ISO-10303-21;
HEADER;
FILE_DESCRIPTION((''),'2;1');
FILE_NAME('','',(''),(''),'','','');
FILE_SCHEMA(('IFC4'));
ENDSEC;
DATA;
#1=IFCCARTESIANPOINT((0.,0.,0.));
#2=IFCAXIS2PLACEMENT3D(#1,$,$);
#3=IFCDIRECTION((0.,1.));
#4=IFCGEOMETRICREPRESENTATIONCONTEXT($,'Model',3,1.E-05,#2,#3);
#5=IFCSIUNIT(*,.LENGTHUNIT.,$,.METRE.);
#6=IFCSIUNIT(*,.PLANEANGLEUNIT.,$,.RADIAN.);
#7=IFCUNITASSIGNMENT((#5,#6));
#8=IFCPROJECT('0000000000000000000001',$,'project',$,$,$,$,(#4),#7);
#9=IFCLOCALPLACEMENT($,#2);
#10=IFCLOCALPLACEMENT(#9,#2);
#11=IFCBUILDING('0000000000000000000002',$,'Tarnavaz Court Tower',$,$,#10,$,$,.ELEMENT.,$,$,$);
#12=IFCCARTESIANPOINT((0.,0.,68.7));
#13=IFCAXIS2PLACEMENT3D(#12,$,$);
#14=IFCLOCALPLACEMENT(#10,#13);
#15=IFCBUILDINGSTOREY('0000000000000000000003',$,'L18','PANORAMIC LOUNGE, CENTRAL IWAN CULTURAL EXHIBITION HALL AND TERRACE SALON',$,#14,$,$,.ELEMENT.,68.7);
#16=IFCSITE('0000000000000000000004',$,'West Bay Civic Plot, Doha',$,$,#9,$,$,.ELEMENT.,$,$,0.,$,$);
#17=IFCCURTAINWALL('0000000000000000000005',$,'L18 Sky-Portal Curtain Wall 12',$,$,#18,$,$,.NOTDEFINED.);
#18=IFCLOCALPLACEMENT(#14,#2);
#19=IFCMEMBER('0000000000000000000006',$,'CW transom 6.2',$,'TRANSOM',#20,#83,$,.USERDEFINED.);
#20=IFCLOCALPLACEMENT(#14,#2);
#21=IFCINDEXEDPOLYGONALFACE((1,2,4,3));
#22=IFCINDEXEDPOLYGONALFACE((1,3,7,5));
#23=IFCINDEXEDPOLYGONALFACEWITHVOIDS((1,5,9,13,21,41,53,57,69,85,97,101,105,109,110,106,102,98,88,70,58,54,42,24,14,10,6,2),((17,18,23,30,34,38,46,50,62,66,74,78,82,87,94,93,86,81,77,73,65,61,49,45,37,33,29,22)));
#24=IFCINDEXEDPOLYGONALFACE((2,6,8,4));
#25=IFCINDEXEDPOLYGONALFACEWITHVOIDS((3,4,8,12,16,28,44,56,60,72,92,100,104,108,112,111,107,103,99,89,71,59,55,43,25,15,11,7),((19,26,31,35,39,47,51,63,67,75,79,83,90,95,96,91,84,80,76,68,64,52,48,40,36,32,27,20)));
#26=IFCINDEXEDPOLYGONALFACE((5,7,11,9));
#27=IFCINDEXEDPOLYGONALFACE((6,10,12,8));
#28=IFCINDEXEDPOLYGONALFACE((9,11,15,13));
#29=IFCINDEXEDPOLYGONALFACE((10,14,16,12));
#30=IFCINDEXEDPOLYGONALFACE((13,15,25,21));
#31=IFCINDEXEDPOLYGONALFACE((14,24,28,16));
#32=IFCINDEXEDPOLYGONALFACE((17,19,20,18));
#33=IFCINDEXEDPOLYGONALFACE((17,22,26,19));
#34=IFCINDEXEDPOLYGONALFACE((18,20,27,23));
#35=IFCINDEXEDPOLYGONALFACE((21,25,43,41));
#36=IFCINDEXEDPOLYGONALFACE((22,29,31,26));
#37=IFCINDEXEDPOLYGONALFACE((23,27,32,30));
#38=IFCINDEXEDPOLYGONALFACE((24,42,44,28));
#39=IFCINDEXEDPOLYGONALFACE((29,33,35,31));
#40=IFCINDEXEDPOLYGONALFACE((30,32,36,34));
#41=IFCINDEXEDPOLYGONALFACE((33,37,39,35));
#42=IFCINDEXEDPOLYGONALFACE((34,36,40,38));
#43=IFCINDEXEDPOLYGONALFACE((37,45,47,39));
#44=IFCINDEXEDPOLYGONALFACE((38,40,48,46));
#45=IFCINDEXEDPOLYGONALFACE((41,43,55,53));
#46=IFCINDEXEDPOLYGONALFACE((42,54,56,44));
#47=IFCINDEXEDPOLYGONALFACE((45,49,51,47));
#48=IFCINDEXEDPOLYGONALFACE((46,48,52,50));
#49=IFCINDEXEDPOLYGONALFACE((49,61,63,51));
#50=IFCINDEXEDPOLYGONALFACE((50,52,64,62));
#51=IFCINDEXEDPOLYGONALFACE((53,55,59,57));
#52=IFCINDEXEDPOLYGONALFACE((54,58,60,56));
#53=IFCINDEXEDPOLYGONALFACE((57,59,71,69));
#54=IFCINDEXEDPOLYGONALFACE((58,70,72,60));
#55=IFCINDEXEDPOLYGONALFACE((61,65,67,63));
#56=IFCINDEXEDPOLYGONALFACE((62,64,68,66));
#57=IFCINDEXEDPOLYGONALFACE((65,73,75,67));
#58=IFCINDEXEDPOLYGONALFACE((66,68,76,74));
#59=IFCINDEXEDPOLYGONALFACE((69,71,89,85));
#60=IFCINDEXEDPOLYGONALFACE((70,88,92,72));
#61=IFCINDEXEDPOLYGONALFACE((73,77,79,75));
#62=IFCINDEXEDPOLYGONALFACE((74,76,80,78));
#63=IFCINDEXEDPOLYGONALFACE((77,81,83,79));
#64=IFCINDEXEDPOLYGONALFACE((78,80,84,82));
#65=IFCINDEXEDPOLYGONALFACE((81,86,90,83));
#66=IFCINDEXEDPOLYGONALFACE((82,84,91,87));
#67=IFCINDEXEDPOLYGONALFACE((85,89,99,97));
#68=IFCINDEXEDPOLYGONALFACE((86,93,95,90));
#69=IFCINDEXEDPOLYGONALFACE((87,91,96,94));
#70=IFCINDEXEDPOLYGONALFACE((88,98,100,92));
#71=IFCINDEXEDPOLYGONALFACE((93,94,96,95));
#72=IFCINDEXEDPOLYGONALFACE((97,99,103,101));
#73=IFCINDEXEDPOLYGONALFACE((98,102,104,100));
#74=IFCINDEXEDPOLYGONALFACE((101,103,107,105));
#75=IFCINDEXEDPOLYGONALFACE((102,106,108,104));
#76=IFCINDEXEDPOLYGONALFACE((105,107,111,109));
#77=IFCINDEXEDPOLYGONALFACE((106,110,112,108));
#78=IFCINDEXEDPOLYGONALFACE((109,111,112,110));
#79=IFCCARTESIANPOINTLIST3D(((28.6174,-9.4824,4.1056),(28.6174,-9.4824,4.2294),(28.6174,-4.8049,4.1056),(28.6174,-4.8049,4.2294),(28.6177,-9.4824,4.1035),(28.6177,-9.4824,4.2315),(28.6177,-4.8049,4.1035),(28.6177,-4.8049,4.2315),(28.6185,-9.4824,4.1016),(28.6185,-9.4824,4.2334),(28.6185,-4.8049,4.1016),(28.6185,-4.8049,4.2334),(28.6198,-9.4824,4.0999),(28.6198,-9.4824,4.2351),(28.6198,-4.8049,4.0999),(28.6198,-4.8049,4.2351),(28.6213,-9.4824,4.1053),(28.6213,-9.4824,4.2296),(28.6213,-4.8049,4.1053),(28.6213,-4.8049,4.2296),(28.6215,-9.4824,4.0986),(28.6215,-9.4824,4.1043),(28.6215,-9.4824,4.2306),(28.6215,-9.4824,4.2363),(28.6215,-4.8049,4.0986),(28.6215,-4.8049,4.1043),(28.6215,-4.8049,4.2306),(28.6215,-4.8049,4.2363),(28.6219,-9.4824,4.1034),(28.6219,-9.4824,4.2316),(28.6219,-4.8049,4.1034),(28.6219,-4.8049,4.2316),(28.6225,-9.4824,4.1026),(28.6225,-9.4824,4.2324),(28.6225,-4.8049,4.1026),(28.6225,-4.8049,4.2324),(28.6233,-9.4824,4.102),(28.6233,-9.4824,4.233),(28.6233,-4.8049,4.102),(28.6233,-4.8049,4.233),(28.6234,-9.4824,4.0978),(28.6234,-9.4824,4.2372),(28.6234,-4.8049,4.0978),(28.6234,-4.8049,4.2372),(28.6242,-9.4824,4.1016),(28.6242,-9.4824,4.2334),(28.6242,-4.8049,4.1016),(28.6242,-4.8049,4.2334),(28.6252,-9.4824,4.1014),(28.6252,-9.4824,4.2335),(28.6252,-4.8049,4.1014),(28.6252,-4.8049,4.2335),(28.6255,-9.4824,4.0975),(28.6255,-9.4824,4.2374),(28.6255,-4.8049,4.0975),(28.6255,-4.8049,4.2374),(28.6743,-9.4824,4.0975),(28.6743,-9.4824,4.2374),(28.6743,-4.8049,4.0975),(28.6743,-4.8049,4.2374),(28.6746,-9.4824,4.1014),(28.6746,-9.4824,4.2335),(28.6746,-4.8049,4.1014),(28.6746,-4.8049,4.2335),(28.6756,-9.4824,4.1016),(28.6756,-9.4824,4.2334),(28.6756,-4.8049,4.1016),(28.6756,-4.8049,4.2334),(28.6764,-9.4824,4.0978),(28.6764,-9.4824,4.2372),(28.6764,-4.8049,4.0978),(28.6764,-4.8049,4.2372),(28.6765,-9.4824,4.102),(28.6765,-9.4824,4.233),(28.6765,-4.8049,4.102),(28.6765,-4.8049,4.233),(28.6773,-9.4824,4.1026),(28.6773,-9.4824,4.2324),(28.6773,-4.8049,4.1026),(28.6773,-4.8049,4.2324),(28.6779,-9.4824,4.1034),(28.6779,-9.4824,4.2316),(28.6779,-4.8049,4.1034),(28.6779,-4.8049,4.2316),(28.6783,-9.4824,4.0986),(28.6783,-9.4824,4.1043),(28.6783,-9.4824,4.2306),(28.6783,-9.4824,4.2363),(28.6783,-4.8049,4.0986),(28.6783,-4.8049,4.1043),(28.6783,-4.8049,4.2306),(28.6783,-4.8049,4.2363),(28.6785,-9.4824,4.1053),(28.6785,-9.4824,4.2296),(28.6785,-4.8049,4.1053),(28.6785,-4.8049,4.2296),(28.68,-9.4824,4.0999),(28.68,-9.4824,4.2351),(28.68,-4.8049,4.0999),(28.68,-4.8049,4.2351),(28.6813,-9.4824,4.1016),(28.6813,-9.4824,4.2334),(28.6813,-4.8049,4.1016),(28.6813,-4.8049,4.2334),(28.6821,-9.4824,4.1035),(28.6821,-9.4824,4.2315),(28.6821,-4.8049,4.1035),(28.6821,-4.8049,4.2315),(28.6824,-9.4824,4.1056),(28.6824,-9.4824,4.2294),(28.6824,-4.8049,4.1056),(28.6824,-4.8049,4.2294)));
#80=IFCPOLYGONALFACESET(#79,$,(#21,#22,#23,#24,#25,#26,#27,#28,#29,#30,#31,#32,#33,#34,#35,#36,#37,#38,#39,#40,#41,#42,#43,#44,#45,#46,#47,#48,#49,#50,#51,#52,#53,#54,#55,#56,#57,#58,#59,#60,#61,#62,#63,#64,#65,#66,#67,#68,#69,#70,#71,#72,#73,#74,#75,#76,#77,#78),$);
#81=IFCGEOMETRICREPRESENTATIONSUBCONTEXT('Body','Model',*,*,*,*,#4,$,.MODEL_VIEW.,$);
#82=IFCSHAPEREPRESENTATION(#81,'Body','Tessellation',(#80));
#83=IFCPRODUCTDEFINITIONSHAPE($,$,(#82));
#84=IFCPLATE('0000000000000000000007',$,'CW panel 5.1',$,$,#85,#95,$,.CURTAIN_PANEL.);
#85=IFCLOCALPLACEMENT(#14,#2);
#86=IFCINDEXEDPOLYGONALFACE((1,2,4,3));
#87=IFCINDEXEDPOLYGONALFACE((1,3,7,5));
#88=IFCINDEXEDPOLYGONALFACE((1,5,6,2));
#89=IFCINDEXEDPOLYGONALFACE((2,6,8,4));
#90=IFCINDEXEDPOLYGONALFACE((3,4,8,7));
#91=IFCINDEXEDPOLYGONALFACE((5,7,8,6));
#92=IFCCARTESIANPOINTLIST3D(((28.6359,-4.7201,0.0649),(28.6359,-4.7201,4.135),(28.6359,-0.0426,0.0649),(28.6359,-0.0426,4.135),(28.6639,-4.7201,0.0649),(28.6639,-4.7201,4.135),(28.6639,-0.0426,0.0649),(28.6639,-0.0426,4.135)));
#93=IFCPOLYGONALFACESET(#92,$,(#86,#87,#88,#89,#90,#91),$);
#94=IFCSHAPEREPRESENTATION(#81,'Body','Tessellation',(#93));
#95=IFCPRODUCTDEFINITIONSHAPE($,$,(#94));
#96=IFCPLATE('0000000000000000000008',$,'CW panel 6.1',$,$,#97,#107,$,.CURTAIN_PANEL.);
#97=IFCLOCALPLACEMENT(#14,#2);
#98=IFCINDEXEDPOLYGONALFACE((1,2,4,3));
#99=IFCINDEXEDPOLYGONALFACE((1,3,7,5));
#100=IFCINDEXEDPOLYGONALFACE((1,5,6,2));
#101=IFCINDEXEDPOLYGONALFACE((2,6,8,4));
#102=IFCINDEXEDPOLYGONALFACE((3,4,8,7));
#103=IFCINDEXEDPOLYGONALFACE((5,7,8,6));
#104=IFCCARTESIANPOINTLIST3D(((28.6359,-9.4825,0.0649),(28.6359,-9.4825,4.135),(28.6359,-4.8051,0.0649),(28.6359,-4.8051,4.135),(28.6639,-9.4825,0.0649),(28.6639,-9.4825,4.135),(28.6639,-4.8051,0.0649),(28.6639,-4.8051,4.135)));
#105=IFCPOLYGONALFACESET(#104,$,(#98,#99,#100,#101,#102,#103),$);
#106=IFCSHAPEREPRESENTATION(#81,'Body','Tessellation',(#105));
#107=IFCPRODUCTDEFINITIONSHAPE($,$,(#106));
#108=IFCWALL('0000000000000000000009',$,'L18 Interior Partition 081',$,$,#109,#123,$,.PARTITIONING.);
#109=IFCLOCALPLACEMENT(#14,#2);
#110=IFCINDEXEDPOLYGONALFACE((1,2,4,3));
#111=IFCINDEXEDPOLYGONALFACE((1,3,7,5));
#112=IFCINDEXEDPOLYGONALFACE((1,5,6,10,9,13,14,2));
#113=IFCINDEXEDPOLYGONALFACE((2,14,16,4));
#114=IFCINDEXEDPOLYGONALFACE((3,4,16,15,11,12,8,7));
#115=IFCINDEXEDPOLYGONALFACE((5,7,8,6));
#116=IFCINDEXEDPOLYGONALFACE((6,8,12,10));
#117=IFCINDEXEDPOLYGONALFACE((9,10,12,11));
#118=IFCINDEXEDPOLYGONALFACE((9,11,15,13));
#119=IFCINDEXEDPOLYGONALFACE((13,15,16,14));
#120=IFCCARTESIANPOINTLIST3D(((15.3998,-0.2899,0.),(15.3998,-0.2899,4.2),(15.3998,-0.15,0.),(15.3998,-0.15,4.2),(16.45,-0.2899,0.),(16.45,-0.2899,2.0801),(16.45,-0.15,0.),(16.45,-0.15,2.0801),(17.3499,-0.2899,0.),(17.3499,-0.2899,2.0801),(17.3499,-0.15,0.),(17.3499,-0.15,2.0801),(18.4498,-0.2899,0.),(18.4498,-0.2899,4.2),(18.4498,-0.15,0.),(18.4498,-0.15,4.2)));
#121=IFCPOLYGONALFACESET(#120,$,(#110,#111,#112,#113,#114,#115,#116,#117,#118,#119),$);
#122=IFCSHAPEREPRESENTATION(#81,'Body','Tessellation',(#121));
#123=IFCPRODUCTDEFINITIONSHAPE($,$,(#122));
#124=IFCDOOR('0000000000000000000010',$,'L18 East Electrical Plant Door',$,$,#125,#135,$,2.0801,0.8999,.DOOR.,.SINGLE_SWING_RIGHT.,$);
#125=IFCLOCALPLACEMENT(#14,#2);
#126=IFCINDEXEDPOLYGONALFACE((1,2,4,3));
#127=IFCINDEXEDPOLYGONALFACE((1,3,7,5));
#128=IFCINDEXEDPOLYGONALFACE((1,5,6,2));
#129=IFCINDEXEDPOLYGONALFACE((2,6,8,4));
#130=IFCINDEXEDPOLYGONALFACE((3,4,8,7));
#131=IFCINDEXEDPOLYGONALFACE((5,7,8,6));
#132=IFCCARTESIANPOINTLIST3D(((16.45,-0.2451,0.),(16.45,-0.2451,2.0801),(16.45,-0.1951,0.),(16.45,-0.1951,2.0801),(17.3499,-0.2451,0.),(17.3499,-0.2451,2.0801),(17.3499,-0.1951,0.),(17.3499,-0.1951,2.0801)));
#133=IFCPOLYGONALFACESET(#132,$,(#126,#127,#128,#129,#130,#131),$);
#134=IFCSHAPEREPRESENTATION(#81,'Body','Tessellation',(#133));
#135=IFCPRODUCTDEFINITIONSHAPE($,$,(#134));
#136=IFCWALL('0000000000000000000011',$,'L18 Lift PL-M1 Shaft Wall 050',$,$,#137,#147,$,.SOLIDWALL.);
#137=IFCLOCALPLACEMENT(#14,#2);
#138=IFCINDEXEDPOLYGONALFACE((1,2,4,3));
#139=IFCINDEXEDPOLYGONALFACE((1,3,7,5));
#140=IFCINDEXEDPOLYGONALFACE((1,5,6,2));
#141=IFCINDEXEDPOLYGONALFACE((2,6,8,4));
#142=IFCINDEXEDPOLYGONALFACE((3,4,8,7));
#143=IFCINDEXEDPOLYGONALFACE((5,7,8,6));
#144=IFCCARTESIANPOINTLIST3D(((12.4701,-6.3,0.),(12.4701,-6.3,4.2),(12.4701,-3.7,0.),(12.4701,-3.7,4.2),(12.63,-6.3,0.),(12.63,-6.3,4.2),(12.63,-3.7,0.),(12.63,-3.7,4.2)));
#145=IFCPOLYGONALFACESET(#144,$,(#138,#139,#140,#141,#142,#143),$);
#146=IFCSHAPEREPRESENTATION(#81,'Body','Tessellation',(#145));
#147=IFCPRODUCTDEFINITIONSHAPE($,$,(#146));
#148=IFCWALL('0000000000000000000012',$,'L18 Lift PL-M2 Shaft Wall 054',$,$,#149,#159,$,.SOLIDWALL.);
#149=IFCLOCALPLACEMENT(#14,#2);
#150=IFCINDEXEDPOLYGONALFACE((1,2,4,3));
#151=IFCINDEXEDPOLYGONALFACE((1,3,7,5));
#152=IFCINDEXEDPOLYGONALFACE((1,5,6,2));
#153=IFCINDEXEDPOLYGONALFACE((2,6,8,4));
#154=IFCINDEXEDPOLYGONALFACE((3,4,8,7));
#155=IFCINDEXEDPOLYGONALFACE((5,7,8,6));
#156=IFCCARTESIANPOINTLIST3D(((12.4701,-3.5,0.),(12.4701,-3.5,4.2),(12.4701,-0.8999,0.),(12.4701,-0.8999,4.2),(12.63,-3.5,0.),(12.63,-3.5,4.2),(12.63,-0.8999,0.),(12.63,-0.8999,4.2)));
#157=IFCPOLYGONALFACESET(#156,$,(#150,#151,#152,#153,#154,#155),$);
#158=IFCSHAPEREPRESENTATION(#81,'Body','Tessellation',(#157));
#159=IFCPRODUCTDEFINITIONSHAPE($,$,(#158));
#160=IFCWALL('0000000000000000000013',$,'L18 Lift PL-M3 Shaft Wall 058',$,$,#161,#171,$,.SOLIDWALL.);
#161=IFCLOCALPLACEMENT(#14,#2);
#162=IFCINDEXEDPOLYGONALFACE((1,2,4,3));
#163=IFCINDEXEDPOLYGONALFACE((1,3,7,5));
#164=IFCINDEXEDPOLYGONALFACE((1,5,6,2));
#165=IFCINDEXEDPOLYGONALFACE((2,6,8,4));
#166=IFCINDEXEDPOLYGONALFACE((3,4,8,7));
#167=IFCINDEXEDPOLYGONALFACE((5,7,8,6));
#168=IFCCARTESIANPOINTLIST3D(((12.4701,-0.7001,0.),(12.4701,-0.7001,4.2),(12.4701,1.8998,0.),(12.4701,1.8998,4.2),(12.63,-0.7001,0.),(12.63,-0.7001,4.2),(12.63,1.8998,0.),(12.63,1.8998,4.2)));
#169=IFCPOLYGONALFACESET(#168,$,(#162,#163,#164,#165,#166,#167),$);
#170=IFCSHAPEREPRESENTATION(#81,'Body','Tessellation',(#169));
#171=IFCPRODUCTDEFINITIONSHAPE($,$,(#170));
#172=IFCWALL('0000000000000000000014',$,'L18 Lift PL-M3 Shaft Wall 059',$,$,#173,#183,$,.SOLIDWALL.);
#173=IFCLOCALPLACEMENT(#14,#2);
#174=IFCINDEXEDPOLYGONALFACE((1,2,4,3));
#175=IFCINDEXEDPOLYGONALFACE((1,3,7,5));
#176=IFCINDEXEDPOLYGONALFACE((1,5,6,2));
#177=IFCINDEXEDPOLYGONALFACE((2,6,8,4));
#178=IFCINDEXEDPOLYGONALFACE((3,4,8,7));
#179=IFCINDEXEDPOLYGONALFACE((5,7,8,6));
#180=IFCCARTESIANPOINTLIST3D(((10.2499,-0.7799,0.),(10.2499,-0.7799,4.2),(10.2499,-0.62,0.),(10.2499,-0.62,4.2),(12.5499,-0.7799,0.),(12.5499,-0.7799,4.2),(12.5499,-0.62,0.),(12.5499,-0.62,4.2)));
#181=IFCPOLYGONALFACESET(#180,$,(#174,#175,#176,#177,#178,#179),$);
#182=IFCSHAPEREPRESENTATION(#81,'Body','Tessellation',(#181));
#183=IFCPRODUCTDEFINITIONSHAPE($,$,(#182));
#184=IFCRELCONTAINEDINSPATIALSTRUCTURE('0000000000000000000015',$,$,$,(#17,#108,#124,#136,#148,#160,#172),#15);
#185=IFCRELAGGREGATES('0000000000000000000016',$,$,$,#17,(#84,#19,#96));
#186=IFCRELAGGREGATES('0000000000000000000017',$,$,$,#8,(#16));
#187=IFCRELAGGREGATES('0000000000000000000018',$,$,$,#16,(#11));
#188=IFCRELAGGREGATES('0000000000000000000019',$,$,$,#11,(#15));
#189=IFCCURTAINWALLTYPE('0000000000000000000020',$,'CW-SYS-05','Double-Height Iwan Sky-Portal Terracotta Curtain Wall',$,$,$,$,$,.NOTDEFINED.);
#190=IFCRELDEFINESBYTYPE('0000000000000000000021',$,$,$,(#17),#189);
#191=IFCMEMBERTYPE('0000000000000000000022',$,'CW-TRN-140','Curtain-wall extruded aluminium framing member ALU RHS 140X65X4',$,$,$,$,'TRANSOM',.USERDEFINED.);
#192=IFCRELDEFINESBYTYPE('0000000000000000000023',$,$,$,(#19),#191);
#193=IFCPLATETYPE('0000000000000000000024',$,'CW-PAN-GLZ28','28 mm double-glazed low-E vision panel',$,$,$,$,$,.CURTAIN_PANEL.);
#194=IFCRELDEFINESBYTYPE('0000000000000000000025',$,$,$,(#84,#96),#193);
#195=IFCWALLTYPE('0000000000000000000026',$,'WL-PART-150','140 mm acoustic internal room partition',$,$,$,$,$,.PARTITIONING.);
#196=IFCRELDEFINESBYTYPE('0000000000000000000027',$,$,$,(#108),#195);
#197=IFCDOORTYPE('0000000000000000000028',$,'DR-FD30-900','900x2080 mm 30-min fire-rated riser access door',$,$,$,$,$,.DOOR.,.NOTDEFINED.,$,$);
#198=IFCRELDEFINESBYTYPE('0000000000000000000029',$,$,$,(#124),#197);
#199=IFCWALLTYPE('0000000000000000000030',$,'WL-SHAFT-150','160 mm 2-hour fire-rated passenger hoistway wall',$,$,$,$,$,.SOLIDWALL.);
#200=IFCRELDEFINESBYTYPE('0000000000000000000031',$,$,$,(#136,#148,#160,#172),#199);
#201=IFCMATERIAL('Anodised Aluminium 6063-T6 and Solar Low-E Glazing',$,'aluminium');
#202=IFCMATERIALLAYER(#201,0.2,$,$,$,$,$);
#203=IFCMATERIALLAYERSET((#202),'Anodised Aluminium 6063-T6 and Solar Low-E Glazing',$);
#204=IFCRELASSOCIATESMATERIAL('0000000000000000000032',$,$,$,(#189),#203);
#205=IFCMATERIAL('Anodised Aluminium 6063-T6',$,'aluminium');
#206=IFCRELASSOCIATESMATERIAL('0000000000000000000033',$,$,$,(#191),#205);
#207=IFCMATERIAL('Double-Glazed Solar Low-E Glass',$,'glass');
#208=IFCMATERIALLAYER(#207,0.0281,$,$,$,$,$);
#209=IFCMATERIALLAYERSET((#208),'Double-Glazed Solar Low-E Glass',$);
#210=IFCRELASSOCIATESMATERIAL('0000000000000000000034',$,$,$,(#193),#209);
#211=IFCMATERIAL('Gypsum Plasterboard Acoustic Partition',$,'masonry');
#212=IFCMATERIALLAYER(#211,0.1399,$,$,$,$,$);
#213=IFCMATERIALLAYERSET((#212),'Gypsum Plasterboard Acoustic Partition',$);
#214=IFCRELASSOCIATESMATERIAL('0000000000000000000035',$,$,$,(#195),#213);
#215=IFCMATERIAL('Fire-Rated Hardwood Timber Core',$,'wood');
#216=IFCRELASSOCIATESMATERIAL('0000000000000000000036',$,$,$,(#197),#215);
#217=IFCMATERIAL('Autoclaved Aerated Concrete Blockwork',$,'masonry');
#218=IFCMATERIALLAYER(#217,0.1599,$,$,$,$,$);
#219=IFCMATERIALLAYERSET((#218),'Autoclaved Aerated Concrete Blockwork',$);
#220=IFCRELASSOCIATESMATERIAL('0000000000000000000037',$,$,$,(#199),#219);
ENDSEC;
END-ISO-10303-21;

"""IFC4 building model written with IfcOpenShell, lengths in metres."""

from ifc_helpers import new_model, si_unit, direction, frame, frame_2d, origin, origin_2d, place, context, subcontext, project, spatial, rectangle, hollow_rectangle, extrude, material, layer, layer_set, material_profile, profile_set, type_object, element, fill, aggregate, save


model = new_model("IFC4")

# Units and contexts
model_context = context("Model", 3, precision=1e-05, world=origin(), true_north=direction((0.0, 1.0)))
body_context = subcontext(model_context, "Body", "Model", "MODEL_VIEW")
ifc_project = project(units=[si_unit("LENGTHUNIT", "METRE"), si_unit("PLANEANGLEUNIT", "RADIAN")], contexts=[model_context])

# Site, building, storey
site_placement = place(None, origin())
site = spatial("IfcSite", under=ifc_project, at=site_placement, Name="West Bay Civic Plot, Doha", CompositionType="ELEMENT", RefElevation=0.0)
building_placement = place(site_placement, origin())
building = spatial("IfcBuilding", under=site, at=building_placement, Name="Tarnavaz Court Tower", CompositionType="ELEMENT")
storey_placement = place(building_placement, frame((0.0, 0.0, 68.7)))
storey = spatial("IfcBuildingStorey", under=building, at=storey_placement, Name="L18", Description="PANORAMIC LOUNGE, CENTRAL IWAN CULTURAL EXHIBITION HALL AND TERRACE SALON", CompositionType="ELEMENT", Elevation=68.7)

# Curtain wall, member, plates
ifc_material_1 = material(Name="Anodised Aluminium 6063-T6 and Solar Low-E Glazing", Category="aluminium")
ifc_layer_1 = layer(ifc_material_1, 0.2)
ifc_layer_set_1 = layer_set([ifc_layer_1], Name="Anodised Aluminium 6063-T6 and Solar Low-E Glazing")
curtain_wall_type = type_object("IfcCurtainWallType", Name="CW-SYS-05", Description="Double-Height Iwan Sky-Portal Terracotta Curtain Wall", PredefinedType="NOTDEFINED", material=ifc_layer_set_1)
curtain_wall_placement = place(storey_placement, origin())
curtain_wall = element("IfcCurtainWall", 1, at=curtain_wall_placement, inside=storey, type_object=curtain_wall_type, Name="L18 Sky-Portal Curtain Wall 12", PredefinedType="NOTDEFINED")
ifc_material_2 = material(Name="Anodised Aluminium 6063-T6", Category="aluminium")
ifc_material_profile_1 = material_profile(ifc_material_2, hollow_rectangle(XDim=0.0649, YDim=0.1399, WallThickness=0.0039, InnerFilletRadius=0.0039, OuterFilletRadius=0.0081, at=origin_2d()), Name="ALU RHS 140X65X4")
ifc_profile_set_1 = profile_set([ifc_material_profile_1], Name="Anodised Aluminium 6063-T6")
member_type_1 = type_object("IfcMemberType", Name="CW-TRN-140", Description="Curtain-wall extruded aluminium framing member ALU RHS 140X65X4", ElementType="TRANSOM", PredefinedType="USERDEFINED", material=ifc_profile_set_1)
member_1_placement = place(storey_placement, frame((28.6499, -4.8049, 4.1675), z_axis=(0.0, -1.0, 0.0), x_axis=(1.0, 0.0, 0.0)))
member_1 = element("IfcMember", 2, at=member_1_placement, type_object=member_type_1, Name="CW transom 6.2", ObjectType="TRANSOM", PredefinedType="USERDEFINED", context=body_context, shape_type="SweptSolid", body=[
    extrude(hollow_rectangle(XDim=0.0649, YDim=0.1399, WallThickness=0.0039, InnerFilletRadius=0.0039, OuterFilletRadius=0.0081, at=origin_2d()), origin(), (0.0, 0.0, 1.0), 4.6775),
])
ifc_material_3 = material(Name="Double-Glazed Solar Low-E Glass", Category="glass")
ifc_layer_2 = layer(ifc_material_3, 0.0281)
ifc_layer_set_2 = layer_set([ifc_layer_2], Name="Double-Glazed Solar Low-E Glass")
plate_type = type_object("IfcPlateType", Name="CW-PAN-GLZ28", Description="28 mm double-glazed low-E vision panel", PredefinedType="CURTAIN_PANEL", material=ifc_layer_set_2)
plate_1_placement = place(storey_placement, frame((28.6499, -2.3813, 0.0649), z_axis=(0.0, 0.0, 1.0), x_axis=(0.0, -1.0, 0.0)))
plate_1 = element("IfcPlate", 3, at=plate_1_placement, type_object=plate_type, Name="CW panel 5.1", PredefinedType="CURTAIN_PANEL", context=body_context, shape_type="SweptSolid", body=[
    extrude(rectangle(XDim=4.6775, YDim=0.0281, at=origin_2d()), origin(), (0.0, 0.0, 1.0), 4.0701),
])
plate_2_placement = place(storey_placement, frame((28.6499, -7.1438, 0.0649), z_axis=(0.0, 0.0, 1.0), x_axis=(0.0, -1.0, 0.0)))
plate_2 = element("IfcPlate", 4, at=plate_2_placement, type_object=plate_type, Name="CW panel 6.1", PredefinedType="CURTAIN_PANEL", context=body_context, shape_type="SweptSolid", body=[
    extrude(rectangle(XDim=4.6775, YDim=0.0281, at=origin_2d()), origin(), (0.0, 0.0, 1.0), 4.0701),
])
aggregate(curtain_wall, [plate_1, member_1, plate_2])

# Wall, opening, door
ifc_material_4 = material(Name="Gypsum Plasterboard Acoustic Partition", Category="masonry")
ifc_layer_3 = layer(ifc_material_4, 0.1399)
ifc_layer_set_3 = layer_set([ifc_layer_3], Name="Gypsum Plasterboard Acoustic Partition")
wall_type_1 = type_object("IfcWallType", Name="WL-PART-150", Description="140 mm acoustic internal room partition", PredefinedType="PARTITIONING", material=ifc_layer_set_3)
wall_1_placement = place(storey_placement, frame((15.3999, -0.22, 0.0), z_axis=(0.0, 0.0, 1.0), x_axis=(1.0, 0.0, 0.0)))
wall_1 = element("IfcWall", 5, at=wall_1_placement, inside=storey, type_object=wall_type_1, Name="L18 Interior Partition 081", PredefinedType="PARTITIONING", context=body_context, shape_type="SweptSolid", body=[
    extrude(rectangle(XDim=3.05, YDim=0.1399, at=frame_2d((1.5249, 0.0))), origin(), (0.0, 0.0, 1.0), 4.2),
])
opening_placement = place(wall_1_placement, frame((1.05, 0.0, 0.0)))
opening = element("IfcOpeningElement", 6, at=opening_placement, cuts=wall_1, PredefinedType="OPENING", context=body_context, shape_type="SweptSolid", body=[
    extrude(rectangle(XDim=0.8999, YDim=2.0801, at=frame_2d((0.45, 1.04))), frame((0.0, 0.0798, 0.0), z_axis=(0.0, -1.0, 0.0), x_axis=(1.0, 0.0, 0.0)), (0.0, 0.0, 1.0), 0.1599),
])
ifc_material_5 = material(Name="Fire-Rated Hardwood Timber Core", Category="wood")
door_type = type_object("IfcDoorType", Name="DR-FD30-900", Description="900x2080 mm 30-min fire-rated riser access door", OperationType="NOTDEFINED", PredefinedType="DOOR", material=ifc_material_5)
door_placement = place(opening_placement, origin())
door = element("IfcDoor", 7, at=door_placement, inside=storey, type_object=door_type, Name="L18 East Electrical Plant Door", OperationType="SINGLE_SWING_RIGHT", OverallHeight=2.0801, OverallWidth=0.8999, PredefinedType="DOOR", context=body_context, shape_type="SweptSolid", body=[
    extrude(rectangle(XDim=0.8999, YDim=2.0801, at=frame_2d((0.45, 1.04))), frame((0.0, 0.0249, 0.0), z_axis=(0.0, -1.0, 0.0), x_axis=(1.0, 0.0, 0.0)), (0.0, 0.0, 1.0), 0.05),
])
fill(opening, door)

# Walls
ifc_material_6 = material(Name="Autoclaved Aerated Concrete Blockwork", Category="masonry")
ifc_layer_4 = layer(ifc_material_6, 0.1599)
ifc_layer_set_4 = layer_set([ifc_layer_4], Name="Autoclaved Aerated Concrete Blockwork")
wall_type_2 = type_object("IfcWallType", Name="WL-SHAFT-150", Description="160 mm 2-hour fire-rated passenger hoistway wall", PredefinedType="SOLIDWALL", material=ifc_layer_set_4)
for number, where, z_axis, x_axis, name in (
    (8, (12.55, -6.3, 0.0), (0.0, 0.0, 1.0), (0.0, 1.0, 0.0), "L18 Lift PL-M1 Shaft Wall 050"),
    (9, (12.55, -3.5, 0.0), (0.0, 0.0, 1.0), (0.0, 1.0, 0.0), "L18 Lift PL-M2 Shaft Wall 054"),
):
    element("IfcWall", number, at=place(storey_placement, frame(where, z_axis=z_axis, x_axis=x_axis)), inside=storey, type_object=wall_type_2, Name=name, PredefinedType="SOLIDWALL", context=body_context, shape_type="SweptSolid", body=[
        extrude(rectangle(XDim=2.6001, YDim=0.1599, at=frame_2d((1.3, 0.0))), origin(), (0.0, 0.0, 1.0), 4.2),
    ])
wall_2_placement = place(storey_placement, frame((12.55, -0.7, 0.0), z_axis=(0.0, 0.0, 1.0), x_axis=(0.0, 1.0, 0.0)))
element("IfcWall", 10, at=wall_2_placement, inside=storey, type_object=wall_type_2, Name="L18 Lift PL-M3 Shaft Wall 058", PredefinedType="SOLIDWALL", context=body_context, shape_type="SweptSolid", body=[
    extrude(rectangle(XDim=2.5999, YDim=0.1599, at=frame_2d((1.2998, 0.0))), origin(), (0.0, 0.0, 1.0), 4.2),
])
wall_3_placement = place(storey_placement, frame((10.25, -0.7, 0.0), z_axis=(0.0, 0.0, 1.0), x_axis=(1.0, 0.0, 0.0)))
element("IfcWall", 11, at=wall_3_placement, inside=storey, type_object=wall_type_2, Name="L18 Lift PL-M3 Shaft Wall 059", PredefinedType="SOLIDWALL", context=body_context, shape_type="SweptSolid", body=[
    extrude(rectangle(XDim=2.3, YDim=0.1599, at=frame_2d((1.1499, 0.0))), origin(), (0.0, 0.0, 1.0), 4.2),
])

save(model, "model.ifc")
